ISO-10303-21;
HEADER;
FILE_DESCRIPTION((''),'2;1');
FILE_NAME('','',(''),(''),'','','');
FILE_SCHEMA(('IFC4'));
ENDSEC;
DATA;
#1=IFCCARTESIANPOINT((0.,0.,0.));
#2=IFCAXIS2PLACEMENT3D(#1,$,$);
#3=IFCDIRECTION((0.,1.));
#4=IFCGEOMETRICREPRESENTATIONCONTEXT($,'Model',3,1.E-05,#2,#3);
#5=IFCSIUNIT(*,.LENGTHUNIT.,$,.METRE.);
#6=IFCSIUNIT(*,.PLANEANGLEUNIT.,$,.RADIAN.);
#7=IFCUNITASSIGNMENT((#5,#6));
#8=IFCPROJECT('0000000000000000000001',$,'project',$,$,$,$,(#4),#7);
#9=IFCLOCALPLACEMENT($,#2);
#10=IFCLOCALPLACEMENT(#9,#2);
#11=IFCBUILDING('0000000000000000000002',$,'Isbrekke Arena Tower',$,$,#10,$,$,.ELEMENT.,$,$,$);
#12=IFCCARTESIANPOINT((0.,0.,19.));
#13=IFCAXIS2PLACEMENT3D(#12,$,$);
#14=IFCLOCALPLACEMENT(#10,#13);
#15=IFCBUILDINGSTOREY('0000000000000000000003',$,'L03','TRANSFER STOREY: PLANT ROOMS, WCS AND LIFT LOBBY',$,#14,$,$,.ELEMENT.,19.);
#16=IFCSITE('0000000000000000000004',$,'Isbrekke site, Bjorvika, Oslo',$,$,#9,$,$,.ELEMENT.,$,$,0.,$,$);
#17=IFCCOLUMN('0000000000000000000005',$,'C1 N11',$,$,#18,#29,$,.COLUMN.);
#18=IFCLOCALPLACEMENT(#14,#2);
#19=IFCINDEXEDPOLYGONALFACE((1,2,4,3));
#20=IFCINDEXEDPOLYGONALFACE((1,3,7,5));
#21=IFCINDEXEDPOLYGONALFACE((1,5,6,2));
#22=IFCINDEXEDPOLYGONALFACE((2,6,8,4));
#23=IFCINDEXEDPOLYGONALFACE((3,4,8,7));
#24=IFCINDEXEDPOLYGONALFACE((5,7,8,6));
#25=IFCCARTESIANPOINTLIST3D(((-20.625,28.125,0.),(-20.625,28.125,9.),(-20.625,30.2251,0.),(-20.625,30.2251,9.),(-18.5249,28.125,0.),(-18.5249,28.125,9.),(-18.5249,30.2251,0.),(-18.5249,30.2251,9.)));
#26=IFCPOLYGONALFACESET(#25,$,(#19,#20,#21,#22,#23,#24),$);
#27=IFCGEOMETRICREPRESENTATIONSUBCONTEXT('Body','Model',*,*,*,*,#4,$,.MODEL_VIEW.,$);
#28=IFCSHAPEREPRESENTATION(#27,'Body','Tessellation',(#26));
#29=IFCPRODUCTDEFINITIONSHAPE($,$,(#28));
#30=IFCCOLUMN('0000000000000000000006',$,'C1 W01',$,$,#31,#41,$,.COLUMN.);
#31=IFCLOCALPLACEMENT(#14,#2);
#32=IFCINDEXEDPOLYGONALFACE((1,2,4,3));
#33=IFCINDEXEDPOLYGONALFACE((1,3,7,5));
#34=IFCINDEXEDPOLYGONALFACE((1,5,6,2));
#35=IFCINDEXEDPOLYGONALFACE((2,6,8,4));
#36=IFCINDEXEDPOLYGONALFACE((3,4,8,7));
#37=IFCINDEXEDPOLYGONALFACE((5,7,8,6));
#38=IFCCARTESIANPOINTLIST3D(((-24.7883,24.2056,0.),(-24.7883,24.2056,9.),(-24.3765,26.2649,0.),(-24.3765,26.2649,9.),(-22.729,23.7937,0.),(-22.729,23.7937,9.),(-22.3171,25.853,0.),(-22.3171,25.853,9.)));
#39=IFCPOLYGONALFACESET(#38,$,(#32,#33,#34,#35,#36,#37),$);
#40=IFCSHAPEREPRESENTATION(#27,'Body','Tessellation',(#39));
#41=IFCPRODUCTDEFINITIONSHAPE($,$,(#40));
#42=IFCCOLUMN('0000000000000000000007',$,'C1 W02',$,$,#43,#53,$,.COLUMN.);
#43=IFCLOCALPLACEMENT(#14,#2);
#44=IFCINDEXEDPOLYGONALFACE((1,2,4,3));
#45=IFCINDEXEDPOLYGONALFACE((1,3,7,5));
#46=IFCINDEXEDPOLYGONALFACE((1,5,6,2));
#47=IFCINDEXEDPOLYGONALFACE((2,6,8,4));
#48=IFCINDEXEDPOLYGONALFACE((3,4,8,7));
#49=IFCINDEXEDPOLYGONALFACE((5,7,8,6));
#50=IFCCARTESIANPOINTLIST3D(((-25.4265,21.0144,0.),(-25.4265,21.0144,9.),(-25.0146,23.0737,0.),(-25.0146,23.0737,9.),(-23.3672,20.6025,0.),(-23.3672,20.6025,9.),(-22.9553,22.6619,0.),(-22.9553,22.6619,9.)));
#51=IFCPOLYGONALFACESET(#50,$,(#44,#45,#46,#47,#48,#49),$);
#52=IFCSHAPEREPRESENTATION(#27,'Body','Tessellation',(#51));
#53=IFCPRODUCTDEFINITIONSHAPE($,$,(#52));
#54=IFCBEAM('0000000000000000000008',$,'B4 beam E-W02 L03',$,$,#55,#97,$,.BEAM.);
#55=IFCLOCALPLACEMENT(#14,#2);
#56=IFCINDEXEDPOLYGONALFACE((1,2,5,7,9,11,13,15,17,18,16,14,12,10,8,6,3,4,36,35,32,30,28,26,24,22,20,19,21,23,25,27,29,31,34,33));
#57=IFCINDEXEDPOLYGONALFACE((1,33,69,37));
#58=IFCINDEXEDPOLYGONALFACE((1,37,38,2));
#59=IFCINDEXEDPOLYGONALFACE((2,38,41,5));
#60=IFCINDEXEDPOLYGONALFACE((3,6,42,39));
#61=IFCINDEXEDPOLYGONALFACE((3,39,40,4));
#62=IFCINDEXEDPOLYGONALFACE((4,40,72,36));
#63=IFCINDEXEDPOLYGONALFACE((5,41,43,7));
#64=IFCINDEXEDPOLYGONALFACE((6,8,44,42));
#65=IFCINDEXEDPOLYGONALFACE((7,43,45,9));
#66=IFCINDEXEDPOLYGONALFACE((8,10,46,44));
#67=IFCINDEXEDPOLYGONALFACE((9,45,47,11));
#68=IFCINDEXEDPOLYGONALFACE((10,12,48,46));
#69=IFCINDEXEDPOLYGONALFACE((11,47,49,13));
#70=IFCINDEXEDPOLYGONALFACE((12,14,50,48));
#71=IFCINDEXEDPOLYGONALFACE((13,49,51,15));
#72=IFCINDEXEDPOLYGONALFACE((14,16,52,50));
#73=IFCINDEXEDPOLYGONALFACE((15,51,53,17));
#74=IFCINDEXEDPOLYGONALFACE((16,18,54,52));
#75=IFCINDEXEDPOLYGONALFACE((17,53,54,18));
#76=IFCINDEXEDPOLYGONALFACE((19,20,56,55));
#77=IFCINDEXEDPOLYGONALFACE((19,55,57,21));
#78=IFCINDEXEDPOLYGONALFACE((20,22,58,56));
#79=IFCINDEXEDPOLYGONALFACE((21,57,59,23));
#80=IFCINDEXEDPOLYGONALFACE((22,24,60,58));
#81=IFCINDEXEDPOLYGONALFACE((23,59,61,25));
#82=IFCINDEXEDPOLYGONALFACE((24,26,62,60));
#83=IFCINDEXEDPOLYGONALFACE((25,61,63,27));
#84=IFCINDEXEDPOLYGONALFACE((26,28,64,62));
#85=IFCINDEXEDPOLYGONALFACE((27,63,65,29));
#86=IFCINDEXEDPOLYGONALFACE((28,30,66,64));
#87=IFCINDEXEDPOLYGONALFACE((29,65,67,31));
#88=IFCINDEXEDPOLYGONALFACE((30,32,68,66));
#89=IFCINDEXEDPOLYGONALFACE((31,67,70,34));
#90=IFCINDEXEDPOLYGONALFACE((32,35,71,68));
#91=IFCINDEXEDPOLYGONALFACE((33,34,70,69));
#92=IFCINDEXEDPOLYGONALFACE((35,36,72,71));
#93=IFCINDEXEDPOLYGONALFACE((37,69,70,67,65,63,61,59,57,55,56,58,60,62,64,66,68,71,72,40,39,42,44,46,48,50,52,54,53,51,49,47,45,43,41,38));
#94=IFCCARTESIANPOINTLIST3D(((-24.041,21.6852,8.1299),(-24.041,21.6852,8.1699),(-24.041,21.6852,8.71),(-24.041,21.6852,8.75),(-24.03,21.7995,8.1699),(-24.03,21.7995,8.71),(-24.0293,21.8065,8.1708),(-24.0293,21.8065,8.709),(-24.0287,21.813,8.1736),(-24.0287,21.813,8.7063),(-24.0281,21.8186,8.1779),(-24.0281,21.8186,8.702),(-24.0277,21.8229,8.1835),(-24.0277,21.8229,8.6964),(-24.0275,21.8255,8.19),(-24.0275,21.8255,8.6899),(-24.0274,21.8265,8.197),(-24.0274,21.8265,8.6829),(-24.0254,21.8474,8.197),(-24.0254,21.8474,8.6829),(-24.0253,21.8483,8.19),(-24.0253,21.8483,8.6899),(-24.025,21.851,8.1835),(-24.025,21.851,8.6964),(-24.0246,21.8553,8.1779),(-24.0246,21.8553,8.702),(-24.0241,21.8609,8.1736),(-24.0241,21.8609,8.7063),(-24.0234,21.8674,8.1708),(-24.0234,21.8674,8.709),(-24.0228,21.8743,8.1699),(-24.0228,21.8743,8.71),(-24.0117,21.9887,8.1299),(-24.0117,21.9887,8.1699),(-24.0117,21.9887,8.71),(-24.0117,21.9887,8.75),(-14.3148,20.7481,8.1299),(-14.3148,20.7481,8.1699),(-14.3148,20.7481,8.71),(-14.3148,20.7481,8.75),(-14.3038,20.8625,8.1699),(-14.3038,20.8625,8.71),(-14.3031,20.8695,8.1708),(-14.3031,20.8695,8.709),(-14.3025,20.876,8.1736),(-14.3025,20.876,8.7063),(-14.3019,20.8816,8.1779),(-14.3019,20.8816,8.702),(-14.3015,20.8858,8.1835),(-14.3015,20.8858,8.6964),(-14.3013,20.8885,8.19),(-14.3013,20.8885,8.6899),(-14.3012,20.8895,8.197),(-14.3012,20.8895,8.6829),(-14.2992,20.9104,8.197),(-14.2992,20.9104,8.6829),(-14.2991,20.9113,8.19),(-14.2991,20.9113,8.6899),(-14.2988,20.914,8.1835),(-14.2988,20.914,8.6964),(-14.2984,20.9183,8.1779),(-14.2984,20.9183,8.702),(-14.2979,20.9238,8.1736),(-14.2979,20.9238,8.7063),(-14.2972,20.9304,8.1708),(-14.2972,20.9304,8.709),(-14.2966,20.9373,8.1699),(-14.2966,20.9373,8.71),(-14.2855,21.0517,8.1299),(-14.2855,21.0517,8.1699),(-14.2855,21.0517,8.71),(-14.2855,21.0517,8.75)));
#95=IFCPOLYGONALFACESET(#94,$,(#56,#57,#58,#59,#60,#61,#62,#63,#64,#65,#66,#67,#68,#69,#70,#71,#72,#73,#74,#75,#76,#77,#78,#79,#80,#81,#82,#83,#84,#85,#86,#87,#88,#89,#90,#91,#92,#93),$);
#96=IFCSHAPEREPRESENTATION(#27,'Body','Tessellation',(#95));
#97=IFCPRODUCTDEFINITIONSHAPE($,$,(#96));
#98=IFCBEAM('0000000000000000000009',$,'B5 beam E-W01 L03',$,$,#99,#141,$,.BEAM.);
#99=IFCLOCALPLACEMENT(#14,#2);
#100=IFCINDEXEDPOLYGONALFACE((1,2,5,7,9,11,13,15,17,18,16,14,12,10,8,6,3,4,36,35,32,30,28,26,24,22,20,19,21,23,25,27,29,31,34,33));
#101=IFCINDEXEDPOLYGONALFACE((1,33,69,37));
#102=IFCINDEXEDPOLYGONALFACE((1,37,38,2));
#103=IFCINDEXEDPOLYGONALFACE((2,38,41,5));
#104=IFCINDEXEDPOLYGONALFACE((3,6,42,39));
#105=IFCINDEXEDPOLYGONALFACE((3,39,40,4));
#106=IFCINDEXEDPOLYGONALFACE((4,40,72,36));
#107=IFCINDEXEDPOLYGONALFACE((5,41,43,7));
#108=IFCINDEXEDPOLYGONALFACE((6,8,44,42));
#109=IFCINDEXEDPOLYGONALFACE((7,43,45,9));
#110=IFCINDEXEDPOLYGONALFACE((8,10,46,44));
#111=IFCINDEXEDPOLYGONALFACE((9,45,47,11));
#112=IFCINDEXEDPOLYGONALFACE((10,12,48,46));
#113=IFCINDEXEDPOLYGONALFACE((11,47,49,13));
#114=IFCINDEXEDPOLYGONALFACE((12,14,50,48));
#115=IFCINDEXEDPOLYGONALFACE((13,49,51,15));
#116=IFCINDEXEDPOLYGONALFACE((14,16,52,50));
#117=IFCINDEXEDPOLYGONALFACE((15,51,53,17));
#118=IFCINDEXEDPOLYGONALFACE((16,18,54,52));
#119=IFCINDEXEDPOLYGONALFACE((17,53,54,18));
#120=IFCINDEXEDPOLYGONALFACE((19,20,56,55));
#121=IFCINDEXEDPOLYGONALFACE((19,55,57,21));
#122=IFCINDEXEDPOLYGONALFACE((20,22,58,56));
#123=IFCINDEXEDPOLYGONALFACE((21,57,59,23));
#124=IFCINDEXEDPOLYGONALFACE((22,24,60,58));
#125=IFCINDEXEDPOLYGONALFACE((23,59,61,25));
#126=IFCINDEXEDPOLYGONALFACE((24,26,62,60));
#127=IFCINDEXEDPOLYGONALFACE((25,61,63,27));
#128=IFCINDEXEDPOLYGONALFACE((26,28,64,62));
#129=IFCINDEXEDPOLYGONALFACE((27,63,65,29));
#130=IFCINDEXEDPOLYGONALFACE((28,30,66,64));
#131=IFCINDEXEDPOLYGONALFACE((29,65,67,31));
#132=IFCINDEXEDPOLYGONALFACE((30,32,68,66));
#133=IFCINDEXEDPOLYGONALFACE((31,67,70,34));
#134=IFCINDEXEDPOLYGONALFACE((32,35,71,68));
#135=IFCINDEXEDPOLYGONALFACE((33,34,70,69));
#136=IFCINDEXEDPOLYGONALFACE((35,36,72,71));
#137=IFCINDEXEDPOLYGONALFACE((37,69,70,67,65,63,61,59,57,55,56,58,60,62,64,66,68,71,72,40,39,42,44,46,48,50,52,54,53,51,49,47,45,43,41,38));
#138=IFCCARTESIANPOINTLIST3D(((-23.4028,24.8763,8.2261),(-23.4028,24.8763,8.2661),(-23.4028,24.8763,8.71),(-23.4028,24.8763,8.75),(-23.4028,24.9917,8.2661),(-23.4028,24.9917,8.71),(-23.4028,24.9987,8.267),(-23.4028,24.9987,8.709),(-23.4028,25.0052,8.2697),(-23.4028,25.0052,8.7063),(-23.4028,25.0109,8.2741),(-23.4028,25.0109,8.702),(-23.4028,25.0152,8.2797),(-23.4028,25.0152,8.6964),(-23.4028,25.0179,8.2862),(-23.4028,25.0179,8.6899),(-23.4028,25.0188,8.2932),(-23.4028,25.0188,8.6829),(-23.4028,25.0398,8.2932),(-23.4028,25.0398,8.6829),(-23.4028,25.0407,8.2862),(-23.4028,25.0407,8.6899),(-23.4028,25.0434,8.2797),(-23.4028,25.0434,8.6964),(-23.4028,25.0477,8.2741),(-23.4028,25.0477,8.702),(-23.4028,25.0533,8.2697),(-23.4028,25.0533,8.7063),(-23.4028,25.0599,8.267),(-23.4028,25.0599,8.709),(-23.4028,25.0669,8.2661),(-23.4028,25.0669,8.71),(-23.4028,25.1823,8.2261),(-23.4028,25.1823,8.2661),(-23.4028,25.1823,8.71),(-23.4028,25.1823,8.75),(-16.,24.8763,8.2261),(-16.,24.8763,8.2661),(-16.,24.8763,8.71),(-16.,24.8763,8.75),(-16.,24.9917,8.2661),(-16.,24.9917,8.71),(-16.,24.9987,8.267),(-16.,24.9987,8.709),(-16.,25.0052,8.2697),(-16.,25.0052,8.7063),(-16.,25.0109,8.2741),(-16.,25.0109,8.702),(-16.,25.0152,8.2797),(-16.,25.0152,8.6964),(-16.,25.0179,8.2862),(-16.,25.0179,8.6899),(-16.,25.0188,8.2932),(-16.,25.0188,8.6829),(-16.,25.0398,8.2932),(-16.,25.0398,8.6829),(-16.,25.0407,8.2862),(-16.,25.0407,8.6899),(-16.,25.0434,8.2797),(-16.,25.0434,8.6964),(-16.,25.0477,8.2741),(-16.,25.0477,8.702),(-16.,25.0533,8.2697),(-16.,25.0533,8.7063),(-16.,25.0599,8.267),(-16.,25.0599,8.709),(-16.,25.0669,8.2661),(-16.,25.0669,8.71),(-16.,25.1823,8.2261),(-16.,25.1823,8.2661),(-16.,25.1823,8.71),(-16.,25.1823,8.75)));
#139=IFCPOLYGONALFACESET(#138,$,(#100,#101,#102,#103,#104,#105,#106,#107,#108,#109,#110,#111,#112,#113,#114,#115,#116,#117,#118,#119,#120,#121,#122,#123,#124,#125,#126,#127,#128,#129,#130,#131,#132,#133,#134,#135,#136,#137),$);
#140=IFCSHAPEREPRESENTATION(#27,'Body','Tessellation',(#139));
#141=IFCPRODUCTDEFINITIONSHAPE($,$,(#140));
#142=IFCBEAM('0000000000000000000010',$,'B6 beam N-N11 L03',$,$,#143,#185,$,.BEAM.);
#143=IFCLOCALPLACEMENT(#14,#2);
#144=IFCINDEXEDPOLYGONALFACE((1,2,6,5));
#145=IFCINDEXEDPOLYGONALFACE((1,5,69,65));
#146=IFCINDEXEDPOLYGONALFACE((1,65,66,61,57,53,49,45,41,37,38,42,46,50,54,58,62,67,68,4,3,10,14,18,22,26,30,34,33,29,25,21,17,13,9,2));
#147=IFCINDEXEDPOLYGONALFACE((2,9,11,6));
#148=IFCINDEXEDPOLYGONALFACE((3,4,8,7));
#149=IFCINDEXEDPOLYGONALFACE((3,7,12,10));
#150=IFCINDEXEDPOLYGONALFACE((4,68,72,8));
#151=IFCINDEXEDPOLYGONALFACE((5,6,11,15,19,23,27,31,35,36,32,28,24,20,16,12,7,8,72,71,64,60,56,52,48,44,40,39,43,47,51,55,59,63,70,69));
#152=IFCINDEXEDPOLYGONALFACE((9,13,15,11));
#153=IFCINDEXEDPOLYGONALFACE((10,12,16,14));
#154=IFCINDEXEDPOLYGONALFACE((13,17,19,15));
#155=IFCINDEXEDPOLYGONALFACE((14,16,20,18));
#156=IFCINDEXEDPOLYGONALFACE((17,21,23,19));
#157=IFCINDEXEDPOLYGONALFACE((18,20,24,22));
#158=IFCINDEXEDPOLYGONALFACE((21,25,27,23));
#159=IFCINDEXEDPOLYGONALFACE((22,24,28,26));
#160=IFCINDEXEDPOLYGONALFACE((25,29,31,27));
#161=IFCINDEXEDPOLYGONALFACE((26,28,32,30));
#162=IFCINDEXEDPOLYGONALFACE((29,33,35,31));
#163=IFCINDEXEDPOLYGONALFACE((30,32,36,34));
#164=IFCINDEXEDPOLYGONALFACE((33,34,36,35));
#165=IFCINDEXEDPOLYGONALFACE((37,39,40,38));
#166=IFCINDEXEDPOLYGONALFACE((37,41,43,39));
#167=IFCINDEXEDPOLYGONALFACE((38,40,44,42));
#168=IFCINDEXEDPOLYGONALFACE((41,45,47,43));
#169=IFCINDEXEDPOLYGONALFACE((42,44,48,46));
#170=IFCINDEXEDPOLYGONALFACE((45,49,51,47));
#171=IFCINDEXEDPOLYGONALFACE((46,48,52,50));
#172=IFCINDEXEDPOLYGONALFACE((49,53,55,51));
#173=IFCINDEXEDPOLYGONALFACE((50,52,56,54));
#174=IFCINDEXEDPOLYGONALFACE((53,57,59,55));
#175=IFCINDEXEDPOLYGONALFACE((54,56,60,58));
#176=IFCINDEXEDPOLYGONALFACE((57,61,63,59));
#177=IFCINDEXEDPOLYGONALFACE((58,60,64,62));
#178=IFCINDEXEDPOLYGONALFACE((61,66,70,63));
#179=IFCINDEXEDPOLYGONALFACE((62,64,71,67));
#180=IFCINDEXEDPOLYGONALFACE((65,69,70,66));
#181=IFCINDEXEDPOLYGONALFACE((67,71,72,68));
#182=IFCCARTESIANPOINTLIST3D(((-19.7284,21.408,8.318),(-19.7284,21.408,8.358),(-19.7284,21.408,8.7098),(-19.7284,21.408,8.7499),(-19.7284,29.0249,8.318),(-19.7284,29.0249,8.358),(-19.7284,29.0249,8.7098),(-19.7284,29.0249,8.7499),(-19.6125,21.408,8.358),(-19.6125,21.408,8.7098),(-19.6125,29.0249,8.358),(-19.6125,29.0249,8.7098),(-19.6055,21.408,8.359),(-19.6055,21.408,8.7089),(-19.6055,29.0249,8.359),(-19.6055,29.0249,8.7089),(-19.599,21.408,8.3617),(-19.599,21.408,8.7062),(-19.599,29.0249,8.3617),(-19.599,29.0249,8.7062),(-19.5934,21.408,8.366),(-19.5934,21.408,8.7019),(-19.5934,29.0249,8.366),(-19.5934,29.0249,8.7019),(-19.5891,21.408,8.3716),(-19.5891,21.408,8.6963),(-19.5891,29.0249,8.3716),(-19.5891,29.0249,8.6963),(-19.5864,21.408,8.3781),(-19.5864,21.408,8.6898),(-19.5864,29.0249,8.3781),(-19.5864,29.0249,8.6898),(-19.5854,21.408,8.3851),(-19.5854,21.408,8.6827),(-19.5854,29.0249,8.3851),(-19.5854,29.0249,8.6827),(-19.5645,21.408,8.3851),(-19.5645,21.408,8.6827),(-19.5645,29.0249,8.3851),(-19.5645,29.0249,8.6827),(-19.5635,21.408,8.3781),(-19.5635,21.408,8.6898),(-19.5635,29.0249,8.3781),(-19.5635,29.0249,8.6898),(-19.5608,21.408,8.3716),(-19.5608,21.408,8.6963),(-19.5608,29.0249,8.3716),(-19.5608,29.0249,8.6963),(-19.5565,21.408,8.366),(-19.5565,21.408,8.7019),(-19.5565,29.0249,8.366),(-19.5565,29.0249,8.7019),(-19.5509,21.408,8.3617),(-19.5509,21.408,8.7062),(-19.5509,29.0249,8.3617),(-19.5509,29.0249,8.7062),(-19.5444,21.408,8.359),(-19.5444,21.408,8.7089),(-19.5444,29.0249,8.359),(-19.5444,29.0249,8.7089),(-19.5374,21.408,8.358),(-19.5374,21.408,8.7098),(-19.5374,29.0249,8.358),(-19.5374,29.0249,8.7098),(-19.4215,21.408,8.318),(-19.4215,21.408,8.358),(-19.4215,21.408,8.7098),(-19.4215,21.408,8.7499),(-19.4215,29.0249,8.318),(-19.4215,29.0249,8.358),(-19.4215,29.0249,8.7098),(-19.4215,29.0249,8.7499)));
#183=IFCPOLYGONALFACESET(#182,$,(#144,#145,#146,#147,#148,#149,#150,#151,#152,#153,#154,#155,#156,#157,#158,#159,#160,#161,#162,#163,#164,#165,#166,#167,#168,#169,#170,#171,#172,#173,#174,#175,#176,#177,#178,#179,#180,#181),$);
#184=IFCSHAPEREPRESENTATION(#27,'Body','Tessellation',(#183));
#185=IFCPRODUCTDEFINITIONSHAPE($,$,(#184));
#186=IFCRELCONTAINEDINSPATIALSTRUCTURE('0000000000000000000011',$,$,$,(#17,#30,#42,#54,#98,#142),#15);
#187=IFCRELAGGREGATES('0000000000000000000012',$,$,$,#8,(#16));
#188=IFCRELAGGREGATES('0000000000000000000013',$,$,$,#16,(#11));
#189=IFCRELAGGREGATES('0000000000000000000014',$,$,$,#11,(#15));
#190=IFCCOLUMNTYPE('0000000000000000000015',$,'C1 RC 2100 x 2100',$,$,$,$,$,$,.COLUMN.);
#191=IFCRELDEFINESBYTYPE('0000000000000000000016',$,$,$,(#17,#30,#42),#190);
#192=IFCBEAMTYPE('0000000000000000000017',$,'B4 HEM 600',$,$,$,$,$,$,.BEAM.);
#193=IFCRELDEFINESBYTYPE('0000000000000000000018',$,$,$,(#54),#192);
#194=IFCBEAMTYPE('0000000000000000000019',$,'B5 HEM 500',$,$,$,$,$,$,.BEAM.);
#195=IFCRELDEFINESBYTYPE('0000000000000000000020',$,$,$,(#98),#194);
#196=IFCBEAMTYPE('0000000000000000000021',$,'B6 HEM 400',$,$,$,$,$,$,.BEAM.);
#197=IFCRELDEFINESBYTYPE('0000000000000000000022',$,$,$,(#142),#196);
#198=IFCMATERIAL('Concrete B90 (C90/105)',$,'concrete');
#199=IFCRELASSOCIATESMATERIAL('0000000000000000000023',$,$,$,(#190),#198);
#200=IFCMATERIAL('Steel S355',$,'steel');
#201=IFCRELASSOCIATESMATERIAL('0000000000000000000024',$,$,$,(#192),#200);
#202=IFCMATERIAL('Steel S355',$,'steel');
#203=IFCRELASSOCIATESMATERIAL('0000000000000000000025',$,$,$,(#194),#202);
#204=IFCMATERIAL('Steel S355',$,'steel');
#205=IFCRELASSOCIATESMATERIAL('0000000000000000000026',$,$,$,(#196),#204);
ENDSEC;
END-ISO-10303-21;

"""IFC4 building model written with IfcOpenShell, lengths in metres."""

from ifc_helpers import new_model, si_unit, direction, frame, origin, origin_2d, place, context, subcontext, project, spatial, rectangle, i_section, extrude, material, material_profile, profile_set, type_object, element, save


model = new_model("IFC4")

# Units and contexts
model_context = context("Model", 3, precision=1e-05, world=origin(), true_north=direction((0.0, 1.0)))
body_context = subcontext(model_context, "Body", "Model", "MODEL_VIEW")
ifc_project = project(units=[si_unit("LENGTHUNIT", "METRE"), si_unit("PLANEANGLEUNIT", "RADIAN")], contexts=[model_context])

# Site, building, storey
site_placement = place(None, origin())
site = spatial("IfcSite", under=ifc_project, at=site_placement, Name="Isbrekke site, Bjorvika, Oslo", CompositionType="ELEMENT", RefElevation=0.0)
building_placement = place(site_placement, origin())
building = spatial("IfcBuilding", under=site, at=building_placement, Name="Isbrekke Arena Tower", CompositionType="ELEMENT")
storey_placement = place(building_placement, frame((0.0, 0.0, 19.0)))
storey = spatial("IfcBuildingStorey", under=building, at=storey_placement, Name="L03", Description="TRANSFER STOREY: PLANT ROOMS, WCS AND LIFT LOBBY", CompositionType="ELEMENT", Elevation=19.0)

# Columns
ifc_material_1 = material(Name="Concrete B90 (C90/105)", Category="concrete")
ifc_material_profile_1 = material_profile(ifc_material_1, rectangle(XDim=2.1001, YDim=2.1001, at=origin_2d()), Name="RC 2100x2100")
ifc_profile_set_1 = profile_set([ifc_material_profile_1], Name="Concrete B90 (C90/105)")
column_type = type_object("IfcColumnType", Name="C1 RC 2100 x 2100", PredefinedType="COLUMN", material=ifc_profile_set_1)
for number, where, z_axis, x_axis, name in (
    (1, (-19.575, 29.175, 0.0), (0.0, 0.0, 1.0), (-1.0, 0.0, 0.0), "C1 N11"),
    (2, (-23.5527, 25.0293, 0.0), (0.0, 0.0, 1.0), (-0.196116, -0.980581, 0.0), "C1 W01"),
    (3, (-24.1909, 21.8381, 0.0), (0.0, 0.0, 1.0), (-0.196116, -0.980581, 0.0), "C1 W02"),
):
    element("IfcColumn", number, at=place(storey_placement, frame(where, z_axis=z_axis, x_axis=x_axis)), inside=storey, type_object=column_type, Name=name, PredefinedType="COLUMN", context=body_context, shape_type="SweptSolid", body=[
        extrude(rectangle(XDim=2.1001, YDim=2.1001, at=origin_2d()), origin(), (0.0, 0.0, 1.0), 9.0),
    ])

# Beams
ifc_material_2 = material(Name="Steel S355", Category="steel")
ifc_material_profile_2 = material_profile(ifc_material_2, i_section(OverallWidth=0.3049, OverallDepth=0.6201, WebThickness=0.021, FlangeThickness=0.04, FilletRadius=0.0271, at=origin_2d()), Name="HEM 600")
ifc_profile_set_2 = profile_set([ifc_material_profile_2], Name="Steel S355")
beam_type_1 = type_object("IfcBeamType", Name="B4 HEM 600", PredefinedType="BEAM", material=ifc_profile_set_2)
beam_1_placement = place(storey_placement, frame((-24.0264, 21.8369, 8.4399), z_axis=(0.995392, -0.095894, 0.0), x_axis=(0.095894, 0.995392, 0.0)))
element("IfcBeam", 4, at=beam_1_placement, inside=storey, type_object=beam_type_1, Name="B4 beam E-W02 L03", PredefinedType="BEAM", context=body_context, shape_type="SweptSolid", body=[
    extrude(i_section(OverallWidth=0.3049, OverallDepth=0.6201, WebThickness=0.021, FlangeThickness=0.04, FilletRadius=0.0271, at=origin_2d()), origin(), (0.0, 0.0, 1.0), 9.7712),
])
ifc_material_3 = material(Name="Steel S355", Category="steel")
ifc_material_profile_3 = material_profile(ifc_material_3, i_section(OverallWidth=0.3059, OverallDepth=0.5239, WebThickness=0.021, FlangeThickness=0.04, FilletRadius=0.0271, at=origin_2d()), Name="HEM 500")
ifc_profile_set_3 = profile_set([ifc_material_profile_3], Name="Steel S355")
beam_type_2 = type_object("IfcBeamType", Name="B5 HEM 500", PredefinedType="BEAM", material=ifc_profile_set_3)
beam_2_placement = place(storey_placement, frame((-23.4028, 25.0293, 8.488), z_axis=(1.0, 0.0, 0.0), x_axis=(0.0, 1.0, 0.0)))
element("IfcBeam", 5, at=beam_2_placement, inside=storey, type_object=beam_type_2, Name="B5 beam E-W01 L03", PredefinedType="BEAM", context=body_context, shape_type="SweptSolid", body=[
    extrude(i_section(OverallWidth=0.3059, OverallDepth=0.5239, WebThickness=0.021, FlangeThickness=0.04, FilletRadius=0.0271, at=origin_2d()), origin(), (0.0, 0.0, 1.0), 7.4028),
])
ifc_material_4 = material(Name="Steel S355", Category="steel")
ifc_material_profile_4 = material_profile(ifc_material_4, i_section(OverallWidth=0.3069, OverallDepth=0.4319, WebThickness=0.021, FlangeThickness=0.04, FilletRadius=0.0271, at=origin_2d()), Name="HEM 400")
ifc_profile_set_4 = profile_set([ifc_material_profile_4], Name="Steel S355")
beam_type_3 = type_object("IfcBeamType", Name="B6 HEM 400", PredefinedType="BEAM", material=ifc_profile_set_4)
beam_3_placement = place(storey_placement, frame((-19.575, 29.0249, 8.5339), z_axis=(0.0, -1.0, 0.0), x_axis=(1.0, 0.0, 0.0)))
element("IfcBeam", 6, at=beam_3_placement, inside=storey, type_object=beam_type_3, Name="B6 beam N-N11 L03", PredefinedType="BEAM", context=body_context, shape_type="SweptSolid", body=[
    extrude(i_section(OverallWidth=0.3069, OverallDepth=0.4319, WebThickness=0.021, FlangeThickness=0.04, FilletRadius=0.0271, at=origin_2d()), origin(), (0.0, 0.0, 1.0), 7.6169),
])

save(model, "model.ifc")
